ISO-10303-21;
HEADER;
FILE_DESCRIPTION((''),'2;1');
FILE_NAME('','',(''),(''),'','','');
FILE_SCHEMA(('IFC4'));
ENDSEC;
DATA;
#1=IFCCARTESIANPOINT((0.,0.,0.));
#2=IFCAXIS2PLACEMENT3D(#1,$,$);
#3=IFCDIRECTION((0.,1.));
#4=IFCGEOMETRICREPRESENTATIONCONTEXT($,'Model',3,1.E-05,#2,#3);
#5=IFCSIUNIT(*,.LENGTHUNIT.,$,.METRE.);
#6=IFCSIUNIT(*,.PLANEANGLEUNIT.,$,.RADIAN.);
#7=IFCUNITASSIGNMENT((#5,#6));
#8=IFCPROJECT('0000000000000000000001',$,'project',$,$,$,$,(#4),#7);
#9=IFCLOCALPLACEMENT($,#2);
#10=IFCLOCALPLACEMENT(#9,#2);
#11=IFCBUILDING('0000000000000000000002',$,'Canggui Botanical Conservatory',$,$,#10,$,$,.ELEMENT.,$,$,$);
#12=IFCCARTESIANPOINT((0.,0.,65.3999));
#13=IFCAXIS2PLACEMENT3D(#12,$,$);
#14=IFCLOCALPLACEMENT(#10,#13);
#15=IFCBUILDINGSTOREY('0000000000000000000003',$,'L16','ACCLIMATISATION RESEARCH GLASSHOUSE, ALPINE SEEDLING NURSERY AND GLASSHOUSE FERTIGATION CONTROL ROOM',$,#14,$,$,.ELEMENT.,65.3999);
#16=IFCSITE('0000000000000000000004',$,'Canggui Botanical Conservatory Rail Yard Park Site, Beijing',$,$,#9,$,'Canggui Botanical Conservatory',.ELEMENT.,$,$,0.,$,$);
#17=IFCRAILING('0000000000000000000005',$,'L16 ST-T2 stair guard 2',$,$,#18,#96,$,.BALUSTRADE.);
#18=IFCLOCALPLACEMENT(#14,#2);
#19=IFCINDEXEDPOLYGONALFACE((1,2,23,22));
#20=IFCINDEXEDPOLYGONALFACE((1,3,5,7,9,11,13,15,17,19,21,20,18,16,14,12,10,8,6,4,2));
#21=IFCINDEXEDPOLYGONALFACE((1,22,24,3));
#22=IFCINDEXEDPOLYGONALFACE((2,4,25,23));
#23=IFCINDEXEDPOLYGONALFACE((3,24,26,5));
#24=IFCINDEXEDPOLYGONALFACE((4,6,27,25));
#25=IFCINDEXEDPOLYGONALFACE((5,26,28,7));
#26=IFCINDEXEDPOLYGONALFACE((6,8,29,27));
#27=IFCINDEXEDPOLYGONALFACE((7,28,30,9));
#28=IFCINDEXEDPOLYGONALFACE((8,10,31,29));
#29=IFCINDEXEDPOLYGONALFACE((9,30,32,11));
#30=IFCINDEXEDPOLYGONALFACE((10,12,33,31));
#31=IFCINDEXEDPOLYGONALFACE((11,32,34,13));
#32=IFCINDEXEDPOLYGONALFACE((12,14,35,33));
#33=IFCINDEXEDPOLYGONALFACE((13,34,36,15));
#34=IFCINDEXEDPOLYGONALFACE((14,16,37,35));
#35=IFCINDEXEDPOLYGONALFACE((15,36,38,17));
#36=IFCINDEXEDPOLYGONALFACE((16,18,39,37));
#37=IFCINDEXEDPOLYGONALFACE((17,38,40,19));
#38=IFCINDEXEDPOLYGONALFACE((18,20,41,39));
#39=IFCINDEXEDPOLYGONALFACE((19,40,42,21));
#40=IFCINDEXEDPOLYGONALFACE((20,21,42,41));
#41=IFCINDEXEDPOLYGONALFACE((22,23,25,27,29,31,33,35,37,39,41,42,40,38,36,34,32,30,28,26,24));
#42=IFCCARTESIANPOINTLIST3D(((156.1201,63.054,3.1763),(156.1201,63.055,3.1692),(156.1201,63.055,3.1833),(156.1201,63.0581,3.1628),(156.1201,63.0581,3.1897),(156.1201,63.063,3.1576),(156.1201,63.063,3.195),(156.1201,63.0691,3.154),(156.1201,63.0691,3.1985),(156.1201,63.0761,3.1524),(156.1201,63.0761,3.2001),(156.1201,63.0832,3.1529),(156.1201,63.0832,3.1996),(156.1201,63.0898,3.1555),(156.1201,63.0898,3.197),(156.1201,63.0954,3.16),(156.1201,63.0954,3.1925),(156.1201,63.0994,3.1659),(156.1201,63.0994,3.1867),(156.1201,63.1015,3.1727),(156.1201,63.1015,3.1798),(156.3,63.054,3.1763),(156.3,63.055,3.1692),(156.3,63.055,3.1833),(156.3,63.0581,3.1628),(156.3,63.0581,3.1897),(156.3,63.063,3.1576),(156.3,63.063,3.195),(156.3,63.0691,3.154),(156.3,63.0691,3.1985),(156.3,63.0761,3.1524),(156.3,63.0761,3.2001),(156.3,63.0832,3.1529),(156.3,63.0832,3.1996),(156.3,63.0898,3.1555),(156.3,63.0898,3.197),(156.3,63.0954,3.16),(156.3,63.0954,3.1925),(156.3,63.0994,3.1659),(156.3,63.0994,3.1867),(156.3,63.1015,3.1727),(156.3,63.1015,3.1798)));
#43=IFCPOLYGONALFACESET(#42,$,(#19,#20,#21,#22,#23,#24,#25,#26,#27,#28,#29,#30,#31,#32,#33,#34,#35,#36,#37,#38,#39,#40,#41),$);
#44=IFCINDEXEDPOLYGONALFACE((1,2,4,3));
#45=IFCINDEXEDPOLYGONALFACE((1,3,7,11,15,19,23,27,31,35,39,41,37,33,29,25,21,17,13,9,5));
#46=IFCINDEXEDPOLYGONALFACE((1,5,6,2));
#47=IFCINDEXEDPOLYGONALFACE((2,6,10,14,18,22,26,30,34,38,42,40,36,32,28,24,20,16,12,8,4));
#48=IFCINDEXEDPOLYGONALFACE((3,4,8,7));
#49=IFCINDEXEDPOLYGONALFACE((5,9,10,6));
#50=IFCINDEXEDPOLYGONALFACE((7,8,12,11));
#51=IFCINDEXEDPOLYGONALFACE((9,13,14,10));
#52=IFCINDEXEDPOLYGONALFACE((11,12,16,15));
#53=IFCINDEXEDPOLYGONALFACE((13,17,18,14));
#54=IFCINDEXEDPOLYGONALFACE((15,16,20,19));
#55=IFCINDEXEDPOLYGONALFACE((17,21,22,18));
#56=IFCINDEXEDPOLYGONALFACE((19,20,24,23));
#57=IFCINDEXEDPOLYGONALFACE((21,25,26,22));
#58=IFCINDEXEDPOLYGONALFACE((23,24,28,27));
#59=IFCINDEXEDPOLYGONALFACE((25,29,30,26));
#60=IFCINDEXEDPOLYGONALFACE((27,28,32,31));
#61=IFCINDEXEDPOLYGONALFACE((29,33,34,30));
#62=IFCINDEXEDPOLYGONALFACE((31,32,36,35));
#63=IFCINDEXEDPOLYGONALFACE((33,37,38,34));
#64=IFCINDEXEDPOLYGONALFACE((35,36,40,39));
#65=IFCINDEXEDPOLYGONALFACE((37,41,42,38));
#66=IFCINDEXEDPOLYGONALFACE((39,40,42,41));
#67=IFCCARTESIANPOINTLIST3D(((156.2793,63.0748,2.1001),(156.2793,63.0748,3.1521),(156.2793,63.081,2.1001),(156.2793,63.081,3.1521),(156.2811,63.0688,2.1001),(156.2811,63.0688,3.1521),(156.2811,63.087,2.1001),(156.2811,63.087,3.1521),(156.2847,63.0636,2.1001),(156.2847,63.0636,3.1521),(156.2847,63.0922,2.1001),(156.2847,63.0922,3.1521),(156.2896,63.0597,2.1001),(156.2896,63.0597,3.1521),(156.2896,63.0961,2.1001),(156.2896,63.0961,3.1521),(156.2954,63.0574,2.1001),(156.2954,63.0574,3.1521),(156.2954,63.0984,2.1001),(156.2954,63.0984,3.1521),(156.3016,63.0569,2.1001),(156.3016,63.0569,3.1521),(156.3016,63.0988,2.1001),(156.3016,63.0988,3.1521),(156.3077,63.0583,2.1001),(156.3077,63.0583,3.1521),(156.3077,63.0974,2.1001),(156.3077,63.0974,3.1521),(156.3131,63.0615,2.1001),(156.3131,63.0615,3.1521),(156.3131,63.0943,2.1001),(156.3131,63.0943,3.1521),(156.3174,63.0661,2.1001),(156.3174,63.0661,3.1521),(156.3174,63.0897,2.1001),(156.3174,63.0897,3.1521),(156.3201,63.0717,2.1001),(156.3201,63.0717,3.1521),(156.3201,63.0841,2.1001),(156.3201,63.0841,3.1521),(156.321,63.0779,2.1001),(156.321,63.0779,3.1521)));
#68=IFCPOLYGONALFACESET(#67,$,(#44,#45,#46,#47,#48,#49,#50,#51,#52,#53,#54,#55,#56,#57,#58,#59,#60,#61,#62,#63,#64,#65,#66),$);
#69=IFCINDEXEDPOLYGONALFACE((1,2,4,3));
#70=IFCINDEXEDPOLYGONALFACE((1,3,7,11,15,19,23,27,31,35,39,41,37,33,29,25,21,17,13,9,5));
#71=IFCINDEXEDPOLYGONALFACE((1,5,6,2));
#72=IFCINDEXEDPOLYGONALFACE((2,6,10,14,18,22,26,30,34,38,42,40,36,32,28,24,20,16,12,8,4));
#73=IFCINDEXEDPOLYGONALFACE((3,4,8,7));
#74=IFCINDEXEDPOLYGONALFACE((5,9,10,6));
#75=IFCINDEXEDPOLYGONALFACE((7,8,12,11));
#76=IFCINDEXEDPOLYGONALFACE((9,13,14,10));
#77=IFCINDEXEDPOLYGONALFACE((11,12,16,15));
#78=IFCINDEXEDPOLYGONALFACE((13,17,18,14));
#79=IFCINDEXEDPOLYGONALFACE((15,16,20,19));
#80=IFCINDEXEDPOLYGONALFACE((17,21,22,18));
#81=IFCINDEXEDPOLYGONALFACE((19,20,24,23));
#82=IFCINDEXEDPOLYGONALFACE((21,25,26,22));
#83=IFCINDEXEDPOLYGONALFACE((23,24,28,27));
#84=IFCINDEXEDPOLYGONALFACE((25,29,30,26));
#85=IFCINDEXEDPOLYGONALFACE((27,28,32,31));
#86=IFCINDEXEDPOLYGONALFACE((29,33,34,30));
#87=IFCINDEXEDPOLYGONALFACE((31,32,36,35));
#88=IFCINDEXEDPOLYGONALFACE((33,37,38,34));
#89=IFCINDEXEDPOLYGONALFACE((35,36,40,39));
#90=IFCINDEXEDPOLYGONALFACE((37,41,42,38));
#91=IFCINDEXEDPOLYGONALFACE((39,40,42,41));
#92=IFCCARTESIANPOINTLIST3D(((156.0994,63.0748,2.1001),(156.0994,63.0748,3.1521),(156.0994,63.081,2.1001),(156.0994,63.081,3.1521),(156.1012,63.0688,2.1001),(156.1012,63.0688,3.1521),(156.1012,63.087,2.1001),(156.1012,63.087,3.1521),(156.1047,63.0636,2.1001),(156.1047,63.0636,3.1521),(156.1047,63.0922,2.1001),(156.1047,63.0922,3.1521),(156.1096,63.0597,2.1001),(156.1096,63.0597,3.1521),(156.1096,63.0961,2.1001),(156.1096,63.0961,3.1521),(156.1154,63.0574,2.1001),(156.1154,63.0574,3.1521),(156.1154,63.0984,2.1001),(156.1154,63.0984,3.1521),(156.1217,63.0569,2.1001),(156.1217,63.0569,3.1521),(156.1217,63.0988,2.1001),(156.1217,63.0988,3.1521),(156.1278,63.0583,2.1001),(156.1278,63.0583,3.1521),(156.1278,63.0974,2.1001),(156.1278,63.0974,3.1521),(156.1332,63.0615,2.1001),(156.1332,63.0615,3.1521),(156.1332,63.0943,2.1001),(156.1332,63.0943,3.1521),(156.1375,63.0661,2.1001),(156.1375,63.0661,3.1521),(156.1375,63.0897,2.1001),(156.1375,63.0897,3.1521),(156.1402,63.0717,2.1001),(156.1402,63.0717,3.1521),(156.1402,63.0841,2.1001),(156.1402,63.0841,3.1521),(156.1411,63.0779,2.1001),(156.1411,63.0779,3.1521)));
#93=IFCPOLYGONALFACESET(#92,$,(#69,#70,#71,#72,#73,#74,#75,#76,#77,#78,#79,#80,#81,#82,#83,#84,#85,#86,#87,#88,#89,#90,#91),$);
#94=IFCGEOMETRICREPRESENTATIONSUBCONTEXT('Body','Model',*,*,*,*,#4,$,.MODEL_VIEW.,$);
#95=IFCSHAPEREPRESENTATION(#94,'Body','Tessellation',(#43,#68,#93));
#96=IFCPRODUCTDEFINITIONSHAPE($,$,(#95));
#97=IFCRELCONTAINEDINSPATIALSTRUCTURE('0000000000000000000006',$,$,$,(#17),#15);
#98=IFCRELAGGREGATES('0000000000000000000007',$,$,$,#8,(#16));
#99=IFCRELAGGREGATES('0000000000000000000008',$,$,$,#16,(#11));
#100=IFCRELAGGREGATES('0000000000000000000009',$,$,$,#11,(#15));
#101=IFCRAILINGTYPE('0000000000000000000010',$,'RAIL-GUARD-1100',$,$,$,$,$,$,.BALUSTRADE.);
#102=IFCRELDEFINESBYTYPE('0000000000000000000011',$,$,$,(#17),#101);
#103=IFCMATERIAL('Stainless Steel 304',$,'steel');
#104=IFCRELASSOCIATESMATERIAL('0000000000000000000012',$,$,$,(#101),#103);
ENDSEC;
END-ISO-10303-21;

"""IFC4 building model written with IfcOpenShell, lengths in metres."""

from ifc_helpers import new_model, si_unit, direction, frame, origin, origin_2d, place, context, subcontext, project, spatial, circle, extrude, material, type_object, element, save


model = new_model("IFC4")

# Units and contexts
model_context = context("Model", 3, precision=1e-05, world=origin(), true_north=direction((0.0, 1.0)))
body_context = subcontext(model_context, "Body", "Model", "MODEL_VIEW")
ifc_project = project(units=[si_unit("LENGTHUNIT", "METRE"), si_unit("PLANEANGLEUNIT", "RADIAN")], contexts=[model_context])

# Site, building, storey
site_placement = place(None, origin())
site = spatial("IfcSite", under=ifc_project, at=site_placement, Name="Canggui Botanical Conservatory Rail Yard Park Site, Beijing", LongName="Canggui Botanical Conservatory", CompositionType="ELEMENT", RefElevation=0.0)
building_placement = place(site_placement, origin())
building = spatial("IfcBuilding", under=site, at=building_placement, Name="Canggui Botanical Conservatory", CompositionType="ELEMENT")
storey_placement = place(building_placement, frame((0.0, 0.0, 65.3999)))
storey = spatial("IfcBuildingStorey", under=building, at=storey_placement, Name="L16", Description="ACCLIMATISATION RESEARCH GLASSHOUSE, ALPINE SEEDLING NURSERY AND GLASSHOUSE FERTIGATION CONTROL ROOM", CompositionType="ELEMENT", Elevation=65.3999)

# Shared definitions
ifc_material_1 = material(Name="Stainless Steel 304", Category="steel")

# Railing
railing_type_1 = type_object("IfcRailingType", Name="RAIL-GUARD-1100", PredefinedType="BALUSTRADE", material=ifc_material_1)
railing_1_placement = place(storey_placement, frame((156.3, 63.0779, 2.1001)))
element("IfcRailing", 1, at=railing_1_placement, inside=storey, type_object=railing_type_1, Name="L16 ST-T2 stair guard 2", PredefinedType="BALUSTRADE", context=body_context, shape_type="SweptSolid", body=[
    extrude(circle(Radius=0.0239, at=origin_2d()), frame((0.0, 0.0, 1.0762), z_axis=(-1.0, 0.0, 0.0), x_axis=(0.0, -1.0, 0.0)), (0.0, 0.0, 1.0), 0.1799),
    extrude(circle(Radius=0.021, at=origin_2d()), origin(), (0.0, 0.0, 1.0), 1.052),
    extrude(circle(Radius=0.021, at=origin_2d()), frame((-0.1799, 0.0, 0.0)), (0.0, 0.0, 1.0), 1.052),
])

save(model, "model.ifc")
